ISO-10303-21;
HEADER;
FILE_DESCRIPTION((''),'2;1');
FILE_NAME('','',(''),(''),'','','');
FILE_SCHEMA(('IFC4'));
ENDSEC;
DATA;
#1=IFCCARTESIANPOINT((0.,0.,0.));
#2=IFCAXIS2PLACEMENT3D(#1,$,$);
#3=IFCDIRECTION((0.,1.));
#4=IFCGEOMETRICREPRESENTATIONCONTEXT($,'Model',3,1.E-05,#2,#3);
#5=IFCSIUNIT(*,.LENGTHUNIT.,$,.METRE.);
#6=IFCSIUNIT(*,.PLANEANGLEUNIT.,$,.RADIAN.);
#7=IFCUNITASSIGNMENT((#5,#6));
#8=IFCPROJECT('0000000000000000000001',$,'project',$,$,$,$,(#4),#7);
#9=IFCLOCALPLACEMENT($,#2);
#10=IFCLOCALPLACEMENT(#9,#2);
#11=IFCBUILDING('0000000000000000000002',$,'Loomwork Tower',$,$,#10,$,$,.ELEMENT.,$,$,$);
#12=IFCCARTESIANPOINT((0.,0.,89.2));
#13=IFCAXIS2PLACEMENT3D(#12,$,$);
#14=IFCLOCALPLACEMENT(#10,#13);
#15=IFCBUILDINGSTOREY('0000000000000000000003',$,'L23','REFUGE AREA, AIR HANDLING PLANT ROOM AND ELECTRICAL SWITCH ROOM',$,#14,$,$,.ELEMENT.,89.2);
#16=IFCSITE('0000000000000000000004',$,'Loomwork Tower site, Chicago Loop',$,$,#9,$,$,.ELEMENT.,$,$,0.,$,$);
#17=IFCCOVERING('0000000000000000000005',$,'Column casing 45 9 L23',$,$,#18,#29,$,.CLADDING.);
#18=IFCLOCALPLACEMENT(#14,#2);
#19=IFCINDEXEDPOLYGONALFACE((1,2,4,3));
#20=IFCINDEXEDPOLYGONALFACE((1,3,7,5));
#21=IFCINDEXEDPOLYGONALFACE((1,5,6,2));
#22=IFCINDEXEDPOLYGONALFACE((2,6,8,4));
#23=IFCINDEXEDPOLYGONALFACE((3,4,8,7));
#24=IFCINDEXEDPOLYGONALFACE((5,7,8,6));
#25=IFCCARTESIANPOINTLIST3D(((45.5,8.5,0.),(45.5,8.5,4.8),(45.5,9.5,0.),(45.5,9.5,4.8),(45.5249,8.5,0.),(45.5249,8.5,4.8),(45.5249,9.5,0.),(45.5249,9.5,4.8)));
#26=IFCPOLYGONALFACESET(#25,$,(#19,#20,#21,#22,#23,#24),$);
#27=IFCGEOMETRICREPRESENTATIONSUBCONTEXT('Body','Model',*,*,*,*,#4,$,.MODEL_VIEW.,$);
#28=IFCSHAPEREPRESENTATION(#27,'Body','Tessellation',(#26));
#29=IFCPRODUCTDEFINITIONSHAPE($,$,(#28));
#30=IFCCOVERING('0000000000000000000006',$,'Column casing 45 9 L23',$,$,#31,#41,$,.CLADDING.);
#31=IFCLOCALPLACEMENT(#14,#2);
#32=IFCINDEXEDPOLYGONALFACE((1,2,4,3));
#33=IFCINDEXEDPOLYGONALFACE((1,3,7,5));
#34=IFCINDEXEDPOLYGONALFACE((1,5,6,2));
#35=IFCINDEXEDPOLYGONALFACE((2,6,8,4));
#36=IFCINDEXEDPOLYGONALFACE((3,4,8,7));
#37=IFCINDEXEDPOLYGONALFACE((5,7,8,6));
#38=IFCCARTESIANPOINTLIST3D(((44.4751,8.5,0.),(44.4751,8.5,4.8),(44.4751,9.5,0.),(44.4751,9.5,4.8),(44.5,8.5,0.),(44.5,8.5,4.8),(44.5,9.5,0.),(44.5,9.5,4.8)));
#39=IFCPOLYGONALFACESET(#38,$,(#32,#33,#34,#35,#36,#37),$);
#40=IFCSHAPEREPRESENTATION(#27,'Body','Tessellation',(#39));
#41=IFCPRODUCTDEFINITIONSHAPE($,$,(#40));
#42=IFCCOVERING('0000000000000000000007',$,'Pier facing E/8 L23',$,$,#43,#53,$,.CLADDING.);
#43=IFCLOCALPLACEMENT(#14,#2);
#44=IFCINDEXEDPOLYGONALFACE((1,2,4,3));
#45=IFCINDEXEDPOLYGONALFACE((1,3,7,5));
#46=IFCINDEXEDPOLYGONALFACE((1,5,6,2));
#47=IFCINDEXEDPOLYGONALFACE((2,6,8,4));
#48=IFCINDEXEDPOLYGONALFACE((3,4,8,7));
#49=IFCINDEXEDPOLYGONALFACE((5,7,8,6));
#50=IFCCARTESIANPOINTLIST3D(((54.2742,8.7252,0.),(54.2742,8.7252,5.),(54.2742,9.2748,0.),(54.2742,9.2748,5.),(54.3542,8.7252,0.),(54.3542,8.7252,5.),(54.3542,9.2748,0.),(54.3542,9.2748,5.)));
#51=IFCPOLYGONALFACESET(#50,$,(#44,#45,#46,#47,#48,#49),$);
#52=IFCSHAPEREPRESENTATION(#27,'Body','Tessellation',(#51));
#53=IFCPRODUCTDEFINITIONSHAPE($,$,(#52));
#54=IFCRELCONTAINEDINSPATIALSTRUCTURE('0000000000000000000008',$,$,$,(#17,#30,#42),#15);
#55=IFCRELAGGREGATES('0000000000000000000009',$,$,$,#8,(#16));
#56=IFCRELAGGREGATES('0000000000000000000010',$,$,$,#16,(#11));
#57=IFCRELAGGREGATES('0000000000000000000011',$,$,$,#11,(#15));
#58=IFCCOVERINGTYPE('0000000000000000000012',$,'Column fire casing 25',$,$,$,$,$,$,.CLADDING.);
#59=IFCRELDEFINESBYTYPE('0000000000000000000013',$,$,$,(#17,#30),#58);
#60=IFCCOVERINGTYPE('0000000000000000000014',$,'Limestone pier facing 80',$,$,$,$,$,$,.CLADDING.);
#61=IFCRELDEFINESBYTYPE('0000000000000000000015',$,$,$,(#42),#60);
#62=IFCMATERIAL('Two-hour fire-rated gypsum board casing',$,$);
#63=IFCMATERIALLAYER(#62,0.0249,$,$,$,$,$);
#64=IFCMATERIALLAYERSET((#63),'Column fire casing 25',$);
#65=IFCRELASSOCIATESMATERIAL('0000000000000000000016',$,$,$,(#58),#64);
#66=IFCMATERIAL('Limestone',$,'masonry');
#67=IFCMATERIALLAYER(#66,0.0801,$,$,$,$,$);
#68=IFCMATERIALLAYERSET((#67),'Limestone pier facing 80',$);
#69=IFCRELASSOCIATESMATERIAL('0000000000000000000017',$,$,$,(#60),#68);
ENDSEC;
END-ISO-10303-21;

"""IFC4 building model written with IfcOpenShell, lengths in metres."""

from ifc_helpers import new_model, si_unit, direction, frame, origin, origin_2d, place, context, subcontext, project, spatial, rectangle, extrude, material, layer, layer_set, type_object, element, save


model = new_model("IFC4")

# Units and contexts
model_context = context("Model", 3, precision=1e-05, world=origin(), true_north=direction((0.0, 1.0)))
body_context = subcontext(model_context, "Body", "Model", "MODEL_VIEW")
ifc_project = project(units=[si_unit("LENGTHUNIT", "METRE"), si_unit("PLANEANGLEUNIT", "RADIAN")], contexts=[model_context])

# Site, building, storey
site_placement = place(None, origin())
site = spatial("IfcSite", under=ifc_project, at=site_placement, Name="Loomwork Tower site, Chicago Loop", CompositionType="ELEMENT", RefElevation=0.0)
building_placement = place(site_placement, origin())
building = spatial("IfcBuilding", under=site, at=building_placement, Name="Loomwork Tower", CompositionType="ELEMENT")
storey_placement = place(building_placement, frame((0.0, 0.0, 89.2)))
storey = spatial("IfcBuildingStorey", under=building, at=storey_placement, Name="L23", Description="REFUGE AREA, AIR HANDLING PLANT ROOM AND ELECTRICAL SWITCH ROOM", CompositionType="ELEMENT", Elevation=89.2)

# Coverings
ifc_material_1 = material(Name="Two-hour fire-rated gypsum board casing")
ifc_layer_1 = layer(ifc_material_1, 0.0249)
ifc_layer_set_1 = layer_set([ifc_layer_1], Name="Column fire casing 25")
covering_type_1 = type_object("IfcCoveringType", Name="Column fire casing 25", PredefinedType="CLADDING", material=ifc_layer_set_1)
for number, where, z_axis, x_axis, name in (
    (1, (45.5125, 9.0, 0.0), (0.0, 0.0, 1.0), (1.0, 0.0, 0.0), "Column casing 45 9 L23"),
    (2, (44.4875, 9.0, 0.0), (0.0, 0.0, 1.0), (1.0, 0.0, 0.0), "Column casing 45 9 L23"),
):
    element("IfcCovering", number, at=place(storey_placement, frame(where, z_axis=z_axis, x_axis=x_axis)), inside=storey, type_object=covering_type_1, Name=name, PredefinedType="CLADDING", context=body_context, shape_type="SweptSolid", body=[
        extrude(rectangle(XDim=0.0249, YDim=1.0, at=origin_2d()), origin(), (0.0, 0.0, 1.0), 4.8),
    ])
ifc_material_2 = material(Name="Limestone", Category="masonry")
ifc_layer_2 = layer(ifc_material_2, 0.0801)
ifc_layer_set_2 = layer_set([ifc_layer_2], Name="Limestone pier facing 80")
covering_type_2 = type_object("IfcCoveringType", Name="Limestone pier facing 80", PredefinedType="CLADDING", material=ifc_layer_set_2)
covering_1_placement = place(storey_placement, frame((54.3142, 9.0, 0.0), z_axis=(0.0, 0.0, 1.0), x_axis=(1.0, 0.0, 0.0)))
element("IfcCovering", 3, at=covering_1_placement, inside=storey, type_object=covering_type_2, Name="Pier facing E/8 L23", PredefinedType="CLADDING", context=body_context, shape_type="SweptSolid", body=[
    extrude(rectangle(XDim=0.0801, YDim=0.5496, at=origin_2d()), origin(), (0.0, 0.0, 1.0), 5.0),
])

save(model, "model.ifc")
